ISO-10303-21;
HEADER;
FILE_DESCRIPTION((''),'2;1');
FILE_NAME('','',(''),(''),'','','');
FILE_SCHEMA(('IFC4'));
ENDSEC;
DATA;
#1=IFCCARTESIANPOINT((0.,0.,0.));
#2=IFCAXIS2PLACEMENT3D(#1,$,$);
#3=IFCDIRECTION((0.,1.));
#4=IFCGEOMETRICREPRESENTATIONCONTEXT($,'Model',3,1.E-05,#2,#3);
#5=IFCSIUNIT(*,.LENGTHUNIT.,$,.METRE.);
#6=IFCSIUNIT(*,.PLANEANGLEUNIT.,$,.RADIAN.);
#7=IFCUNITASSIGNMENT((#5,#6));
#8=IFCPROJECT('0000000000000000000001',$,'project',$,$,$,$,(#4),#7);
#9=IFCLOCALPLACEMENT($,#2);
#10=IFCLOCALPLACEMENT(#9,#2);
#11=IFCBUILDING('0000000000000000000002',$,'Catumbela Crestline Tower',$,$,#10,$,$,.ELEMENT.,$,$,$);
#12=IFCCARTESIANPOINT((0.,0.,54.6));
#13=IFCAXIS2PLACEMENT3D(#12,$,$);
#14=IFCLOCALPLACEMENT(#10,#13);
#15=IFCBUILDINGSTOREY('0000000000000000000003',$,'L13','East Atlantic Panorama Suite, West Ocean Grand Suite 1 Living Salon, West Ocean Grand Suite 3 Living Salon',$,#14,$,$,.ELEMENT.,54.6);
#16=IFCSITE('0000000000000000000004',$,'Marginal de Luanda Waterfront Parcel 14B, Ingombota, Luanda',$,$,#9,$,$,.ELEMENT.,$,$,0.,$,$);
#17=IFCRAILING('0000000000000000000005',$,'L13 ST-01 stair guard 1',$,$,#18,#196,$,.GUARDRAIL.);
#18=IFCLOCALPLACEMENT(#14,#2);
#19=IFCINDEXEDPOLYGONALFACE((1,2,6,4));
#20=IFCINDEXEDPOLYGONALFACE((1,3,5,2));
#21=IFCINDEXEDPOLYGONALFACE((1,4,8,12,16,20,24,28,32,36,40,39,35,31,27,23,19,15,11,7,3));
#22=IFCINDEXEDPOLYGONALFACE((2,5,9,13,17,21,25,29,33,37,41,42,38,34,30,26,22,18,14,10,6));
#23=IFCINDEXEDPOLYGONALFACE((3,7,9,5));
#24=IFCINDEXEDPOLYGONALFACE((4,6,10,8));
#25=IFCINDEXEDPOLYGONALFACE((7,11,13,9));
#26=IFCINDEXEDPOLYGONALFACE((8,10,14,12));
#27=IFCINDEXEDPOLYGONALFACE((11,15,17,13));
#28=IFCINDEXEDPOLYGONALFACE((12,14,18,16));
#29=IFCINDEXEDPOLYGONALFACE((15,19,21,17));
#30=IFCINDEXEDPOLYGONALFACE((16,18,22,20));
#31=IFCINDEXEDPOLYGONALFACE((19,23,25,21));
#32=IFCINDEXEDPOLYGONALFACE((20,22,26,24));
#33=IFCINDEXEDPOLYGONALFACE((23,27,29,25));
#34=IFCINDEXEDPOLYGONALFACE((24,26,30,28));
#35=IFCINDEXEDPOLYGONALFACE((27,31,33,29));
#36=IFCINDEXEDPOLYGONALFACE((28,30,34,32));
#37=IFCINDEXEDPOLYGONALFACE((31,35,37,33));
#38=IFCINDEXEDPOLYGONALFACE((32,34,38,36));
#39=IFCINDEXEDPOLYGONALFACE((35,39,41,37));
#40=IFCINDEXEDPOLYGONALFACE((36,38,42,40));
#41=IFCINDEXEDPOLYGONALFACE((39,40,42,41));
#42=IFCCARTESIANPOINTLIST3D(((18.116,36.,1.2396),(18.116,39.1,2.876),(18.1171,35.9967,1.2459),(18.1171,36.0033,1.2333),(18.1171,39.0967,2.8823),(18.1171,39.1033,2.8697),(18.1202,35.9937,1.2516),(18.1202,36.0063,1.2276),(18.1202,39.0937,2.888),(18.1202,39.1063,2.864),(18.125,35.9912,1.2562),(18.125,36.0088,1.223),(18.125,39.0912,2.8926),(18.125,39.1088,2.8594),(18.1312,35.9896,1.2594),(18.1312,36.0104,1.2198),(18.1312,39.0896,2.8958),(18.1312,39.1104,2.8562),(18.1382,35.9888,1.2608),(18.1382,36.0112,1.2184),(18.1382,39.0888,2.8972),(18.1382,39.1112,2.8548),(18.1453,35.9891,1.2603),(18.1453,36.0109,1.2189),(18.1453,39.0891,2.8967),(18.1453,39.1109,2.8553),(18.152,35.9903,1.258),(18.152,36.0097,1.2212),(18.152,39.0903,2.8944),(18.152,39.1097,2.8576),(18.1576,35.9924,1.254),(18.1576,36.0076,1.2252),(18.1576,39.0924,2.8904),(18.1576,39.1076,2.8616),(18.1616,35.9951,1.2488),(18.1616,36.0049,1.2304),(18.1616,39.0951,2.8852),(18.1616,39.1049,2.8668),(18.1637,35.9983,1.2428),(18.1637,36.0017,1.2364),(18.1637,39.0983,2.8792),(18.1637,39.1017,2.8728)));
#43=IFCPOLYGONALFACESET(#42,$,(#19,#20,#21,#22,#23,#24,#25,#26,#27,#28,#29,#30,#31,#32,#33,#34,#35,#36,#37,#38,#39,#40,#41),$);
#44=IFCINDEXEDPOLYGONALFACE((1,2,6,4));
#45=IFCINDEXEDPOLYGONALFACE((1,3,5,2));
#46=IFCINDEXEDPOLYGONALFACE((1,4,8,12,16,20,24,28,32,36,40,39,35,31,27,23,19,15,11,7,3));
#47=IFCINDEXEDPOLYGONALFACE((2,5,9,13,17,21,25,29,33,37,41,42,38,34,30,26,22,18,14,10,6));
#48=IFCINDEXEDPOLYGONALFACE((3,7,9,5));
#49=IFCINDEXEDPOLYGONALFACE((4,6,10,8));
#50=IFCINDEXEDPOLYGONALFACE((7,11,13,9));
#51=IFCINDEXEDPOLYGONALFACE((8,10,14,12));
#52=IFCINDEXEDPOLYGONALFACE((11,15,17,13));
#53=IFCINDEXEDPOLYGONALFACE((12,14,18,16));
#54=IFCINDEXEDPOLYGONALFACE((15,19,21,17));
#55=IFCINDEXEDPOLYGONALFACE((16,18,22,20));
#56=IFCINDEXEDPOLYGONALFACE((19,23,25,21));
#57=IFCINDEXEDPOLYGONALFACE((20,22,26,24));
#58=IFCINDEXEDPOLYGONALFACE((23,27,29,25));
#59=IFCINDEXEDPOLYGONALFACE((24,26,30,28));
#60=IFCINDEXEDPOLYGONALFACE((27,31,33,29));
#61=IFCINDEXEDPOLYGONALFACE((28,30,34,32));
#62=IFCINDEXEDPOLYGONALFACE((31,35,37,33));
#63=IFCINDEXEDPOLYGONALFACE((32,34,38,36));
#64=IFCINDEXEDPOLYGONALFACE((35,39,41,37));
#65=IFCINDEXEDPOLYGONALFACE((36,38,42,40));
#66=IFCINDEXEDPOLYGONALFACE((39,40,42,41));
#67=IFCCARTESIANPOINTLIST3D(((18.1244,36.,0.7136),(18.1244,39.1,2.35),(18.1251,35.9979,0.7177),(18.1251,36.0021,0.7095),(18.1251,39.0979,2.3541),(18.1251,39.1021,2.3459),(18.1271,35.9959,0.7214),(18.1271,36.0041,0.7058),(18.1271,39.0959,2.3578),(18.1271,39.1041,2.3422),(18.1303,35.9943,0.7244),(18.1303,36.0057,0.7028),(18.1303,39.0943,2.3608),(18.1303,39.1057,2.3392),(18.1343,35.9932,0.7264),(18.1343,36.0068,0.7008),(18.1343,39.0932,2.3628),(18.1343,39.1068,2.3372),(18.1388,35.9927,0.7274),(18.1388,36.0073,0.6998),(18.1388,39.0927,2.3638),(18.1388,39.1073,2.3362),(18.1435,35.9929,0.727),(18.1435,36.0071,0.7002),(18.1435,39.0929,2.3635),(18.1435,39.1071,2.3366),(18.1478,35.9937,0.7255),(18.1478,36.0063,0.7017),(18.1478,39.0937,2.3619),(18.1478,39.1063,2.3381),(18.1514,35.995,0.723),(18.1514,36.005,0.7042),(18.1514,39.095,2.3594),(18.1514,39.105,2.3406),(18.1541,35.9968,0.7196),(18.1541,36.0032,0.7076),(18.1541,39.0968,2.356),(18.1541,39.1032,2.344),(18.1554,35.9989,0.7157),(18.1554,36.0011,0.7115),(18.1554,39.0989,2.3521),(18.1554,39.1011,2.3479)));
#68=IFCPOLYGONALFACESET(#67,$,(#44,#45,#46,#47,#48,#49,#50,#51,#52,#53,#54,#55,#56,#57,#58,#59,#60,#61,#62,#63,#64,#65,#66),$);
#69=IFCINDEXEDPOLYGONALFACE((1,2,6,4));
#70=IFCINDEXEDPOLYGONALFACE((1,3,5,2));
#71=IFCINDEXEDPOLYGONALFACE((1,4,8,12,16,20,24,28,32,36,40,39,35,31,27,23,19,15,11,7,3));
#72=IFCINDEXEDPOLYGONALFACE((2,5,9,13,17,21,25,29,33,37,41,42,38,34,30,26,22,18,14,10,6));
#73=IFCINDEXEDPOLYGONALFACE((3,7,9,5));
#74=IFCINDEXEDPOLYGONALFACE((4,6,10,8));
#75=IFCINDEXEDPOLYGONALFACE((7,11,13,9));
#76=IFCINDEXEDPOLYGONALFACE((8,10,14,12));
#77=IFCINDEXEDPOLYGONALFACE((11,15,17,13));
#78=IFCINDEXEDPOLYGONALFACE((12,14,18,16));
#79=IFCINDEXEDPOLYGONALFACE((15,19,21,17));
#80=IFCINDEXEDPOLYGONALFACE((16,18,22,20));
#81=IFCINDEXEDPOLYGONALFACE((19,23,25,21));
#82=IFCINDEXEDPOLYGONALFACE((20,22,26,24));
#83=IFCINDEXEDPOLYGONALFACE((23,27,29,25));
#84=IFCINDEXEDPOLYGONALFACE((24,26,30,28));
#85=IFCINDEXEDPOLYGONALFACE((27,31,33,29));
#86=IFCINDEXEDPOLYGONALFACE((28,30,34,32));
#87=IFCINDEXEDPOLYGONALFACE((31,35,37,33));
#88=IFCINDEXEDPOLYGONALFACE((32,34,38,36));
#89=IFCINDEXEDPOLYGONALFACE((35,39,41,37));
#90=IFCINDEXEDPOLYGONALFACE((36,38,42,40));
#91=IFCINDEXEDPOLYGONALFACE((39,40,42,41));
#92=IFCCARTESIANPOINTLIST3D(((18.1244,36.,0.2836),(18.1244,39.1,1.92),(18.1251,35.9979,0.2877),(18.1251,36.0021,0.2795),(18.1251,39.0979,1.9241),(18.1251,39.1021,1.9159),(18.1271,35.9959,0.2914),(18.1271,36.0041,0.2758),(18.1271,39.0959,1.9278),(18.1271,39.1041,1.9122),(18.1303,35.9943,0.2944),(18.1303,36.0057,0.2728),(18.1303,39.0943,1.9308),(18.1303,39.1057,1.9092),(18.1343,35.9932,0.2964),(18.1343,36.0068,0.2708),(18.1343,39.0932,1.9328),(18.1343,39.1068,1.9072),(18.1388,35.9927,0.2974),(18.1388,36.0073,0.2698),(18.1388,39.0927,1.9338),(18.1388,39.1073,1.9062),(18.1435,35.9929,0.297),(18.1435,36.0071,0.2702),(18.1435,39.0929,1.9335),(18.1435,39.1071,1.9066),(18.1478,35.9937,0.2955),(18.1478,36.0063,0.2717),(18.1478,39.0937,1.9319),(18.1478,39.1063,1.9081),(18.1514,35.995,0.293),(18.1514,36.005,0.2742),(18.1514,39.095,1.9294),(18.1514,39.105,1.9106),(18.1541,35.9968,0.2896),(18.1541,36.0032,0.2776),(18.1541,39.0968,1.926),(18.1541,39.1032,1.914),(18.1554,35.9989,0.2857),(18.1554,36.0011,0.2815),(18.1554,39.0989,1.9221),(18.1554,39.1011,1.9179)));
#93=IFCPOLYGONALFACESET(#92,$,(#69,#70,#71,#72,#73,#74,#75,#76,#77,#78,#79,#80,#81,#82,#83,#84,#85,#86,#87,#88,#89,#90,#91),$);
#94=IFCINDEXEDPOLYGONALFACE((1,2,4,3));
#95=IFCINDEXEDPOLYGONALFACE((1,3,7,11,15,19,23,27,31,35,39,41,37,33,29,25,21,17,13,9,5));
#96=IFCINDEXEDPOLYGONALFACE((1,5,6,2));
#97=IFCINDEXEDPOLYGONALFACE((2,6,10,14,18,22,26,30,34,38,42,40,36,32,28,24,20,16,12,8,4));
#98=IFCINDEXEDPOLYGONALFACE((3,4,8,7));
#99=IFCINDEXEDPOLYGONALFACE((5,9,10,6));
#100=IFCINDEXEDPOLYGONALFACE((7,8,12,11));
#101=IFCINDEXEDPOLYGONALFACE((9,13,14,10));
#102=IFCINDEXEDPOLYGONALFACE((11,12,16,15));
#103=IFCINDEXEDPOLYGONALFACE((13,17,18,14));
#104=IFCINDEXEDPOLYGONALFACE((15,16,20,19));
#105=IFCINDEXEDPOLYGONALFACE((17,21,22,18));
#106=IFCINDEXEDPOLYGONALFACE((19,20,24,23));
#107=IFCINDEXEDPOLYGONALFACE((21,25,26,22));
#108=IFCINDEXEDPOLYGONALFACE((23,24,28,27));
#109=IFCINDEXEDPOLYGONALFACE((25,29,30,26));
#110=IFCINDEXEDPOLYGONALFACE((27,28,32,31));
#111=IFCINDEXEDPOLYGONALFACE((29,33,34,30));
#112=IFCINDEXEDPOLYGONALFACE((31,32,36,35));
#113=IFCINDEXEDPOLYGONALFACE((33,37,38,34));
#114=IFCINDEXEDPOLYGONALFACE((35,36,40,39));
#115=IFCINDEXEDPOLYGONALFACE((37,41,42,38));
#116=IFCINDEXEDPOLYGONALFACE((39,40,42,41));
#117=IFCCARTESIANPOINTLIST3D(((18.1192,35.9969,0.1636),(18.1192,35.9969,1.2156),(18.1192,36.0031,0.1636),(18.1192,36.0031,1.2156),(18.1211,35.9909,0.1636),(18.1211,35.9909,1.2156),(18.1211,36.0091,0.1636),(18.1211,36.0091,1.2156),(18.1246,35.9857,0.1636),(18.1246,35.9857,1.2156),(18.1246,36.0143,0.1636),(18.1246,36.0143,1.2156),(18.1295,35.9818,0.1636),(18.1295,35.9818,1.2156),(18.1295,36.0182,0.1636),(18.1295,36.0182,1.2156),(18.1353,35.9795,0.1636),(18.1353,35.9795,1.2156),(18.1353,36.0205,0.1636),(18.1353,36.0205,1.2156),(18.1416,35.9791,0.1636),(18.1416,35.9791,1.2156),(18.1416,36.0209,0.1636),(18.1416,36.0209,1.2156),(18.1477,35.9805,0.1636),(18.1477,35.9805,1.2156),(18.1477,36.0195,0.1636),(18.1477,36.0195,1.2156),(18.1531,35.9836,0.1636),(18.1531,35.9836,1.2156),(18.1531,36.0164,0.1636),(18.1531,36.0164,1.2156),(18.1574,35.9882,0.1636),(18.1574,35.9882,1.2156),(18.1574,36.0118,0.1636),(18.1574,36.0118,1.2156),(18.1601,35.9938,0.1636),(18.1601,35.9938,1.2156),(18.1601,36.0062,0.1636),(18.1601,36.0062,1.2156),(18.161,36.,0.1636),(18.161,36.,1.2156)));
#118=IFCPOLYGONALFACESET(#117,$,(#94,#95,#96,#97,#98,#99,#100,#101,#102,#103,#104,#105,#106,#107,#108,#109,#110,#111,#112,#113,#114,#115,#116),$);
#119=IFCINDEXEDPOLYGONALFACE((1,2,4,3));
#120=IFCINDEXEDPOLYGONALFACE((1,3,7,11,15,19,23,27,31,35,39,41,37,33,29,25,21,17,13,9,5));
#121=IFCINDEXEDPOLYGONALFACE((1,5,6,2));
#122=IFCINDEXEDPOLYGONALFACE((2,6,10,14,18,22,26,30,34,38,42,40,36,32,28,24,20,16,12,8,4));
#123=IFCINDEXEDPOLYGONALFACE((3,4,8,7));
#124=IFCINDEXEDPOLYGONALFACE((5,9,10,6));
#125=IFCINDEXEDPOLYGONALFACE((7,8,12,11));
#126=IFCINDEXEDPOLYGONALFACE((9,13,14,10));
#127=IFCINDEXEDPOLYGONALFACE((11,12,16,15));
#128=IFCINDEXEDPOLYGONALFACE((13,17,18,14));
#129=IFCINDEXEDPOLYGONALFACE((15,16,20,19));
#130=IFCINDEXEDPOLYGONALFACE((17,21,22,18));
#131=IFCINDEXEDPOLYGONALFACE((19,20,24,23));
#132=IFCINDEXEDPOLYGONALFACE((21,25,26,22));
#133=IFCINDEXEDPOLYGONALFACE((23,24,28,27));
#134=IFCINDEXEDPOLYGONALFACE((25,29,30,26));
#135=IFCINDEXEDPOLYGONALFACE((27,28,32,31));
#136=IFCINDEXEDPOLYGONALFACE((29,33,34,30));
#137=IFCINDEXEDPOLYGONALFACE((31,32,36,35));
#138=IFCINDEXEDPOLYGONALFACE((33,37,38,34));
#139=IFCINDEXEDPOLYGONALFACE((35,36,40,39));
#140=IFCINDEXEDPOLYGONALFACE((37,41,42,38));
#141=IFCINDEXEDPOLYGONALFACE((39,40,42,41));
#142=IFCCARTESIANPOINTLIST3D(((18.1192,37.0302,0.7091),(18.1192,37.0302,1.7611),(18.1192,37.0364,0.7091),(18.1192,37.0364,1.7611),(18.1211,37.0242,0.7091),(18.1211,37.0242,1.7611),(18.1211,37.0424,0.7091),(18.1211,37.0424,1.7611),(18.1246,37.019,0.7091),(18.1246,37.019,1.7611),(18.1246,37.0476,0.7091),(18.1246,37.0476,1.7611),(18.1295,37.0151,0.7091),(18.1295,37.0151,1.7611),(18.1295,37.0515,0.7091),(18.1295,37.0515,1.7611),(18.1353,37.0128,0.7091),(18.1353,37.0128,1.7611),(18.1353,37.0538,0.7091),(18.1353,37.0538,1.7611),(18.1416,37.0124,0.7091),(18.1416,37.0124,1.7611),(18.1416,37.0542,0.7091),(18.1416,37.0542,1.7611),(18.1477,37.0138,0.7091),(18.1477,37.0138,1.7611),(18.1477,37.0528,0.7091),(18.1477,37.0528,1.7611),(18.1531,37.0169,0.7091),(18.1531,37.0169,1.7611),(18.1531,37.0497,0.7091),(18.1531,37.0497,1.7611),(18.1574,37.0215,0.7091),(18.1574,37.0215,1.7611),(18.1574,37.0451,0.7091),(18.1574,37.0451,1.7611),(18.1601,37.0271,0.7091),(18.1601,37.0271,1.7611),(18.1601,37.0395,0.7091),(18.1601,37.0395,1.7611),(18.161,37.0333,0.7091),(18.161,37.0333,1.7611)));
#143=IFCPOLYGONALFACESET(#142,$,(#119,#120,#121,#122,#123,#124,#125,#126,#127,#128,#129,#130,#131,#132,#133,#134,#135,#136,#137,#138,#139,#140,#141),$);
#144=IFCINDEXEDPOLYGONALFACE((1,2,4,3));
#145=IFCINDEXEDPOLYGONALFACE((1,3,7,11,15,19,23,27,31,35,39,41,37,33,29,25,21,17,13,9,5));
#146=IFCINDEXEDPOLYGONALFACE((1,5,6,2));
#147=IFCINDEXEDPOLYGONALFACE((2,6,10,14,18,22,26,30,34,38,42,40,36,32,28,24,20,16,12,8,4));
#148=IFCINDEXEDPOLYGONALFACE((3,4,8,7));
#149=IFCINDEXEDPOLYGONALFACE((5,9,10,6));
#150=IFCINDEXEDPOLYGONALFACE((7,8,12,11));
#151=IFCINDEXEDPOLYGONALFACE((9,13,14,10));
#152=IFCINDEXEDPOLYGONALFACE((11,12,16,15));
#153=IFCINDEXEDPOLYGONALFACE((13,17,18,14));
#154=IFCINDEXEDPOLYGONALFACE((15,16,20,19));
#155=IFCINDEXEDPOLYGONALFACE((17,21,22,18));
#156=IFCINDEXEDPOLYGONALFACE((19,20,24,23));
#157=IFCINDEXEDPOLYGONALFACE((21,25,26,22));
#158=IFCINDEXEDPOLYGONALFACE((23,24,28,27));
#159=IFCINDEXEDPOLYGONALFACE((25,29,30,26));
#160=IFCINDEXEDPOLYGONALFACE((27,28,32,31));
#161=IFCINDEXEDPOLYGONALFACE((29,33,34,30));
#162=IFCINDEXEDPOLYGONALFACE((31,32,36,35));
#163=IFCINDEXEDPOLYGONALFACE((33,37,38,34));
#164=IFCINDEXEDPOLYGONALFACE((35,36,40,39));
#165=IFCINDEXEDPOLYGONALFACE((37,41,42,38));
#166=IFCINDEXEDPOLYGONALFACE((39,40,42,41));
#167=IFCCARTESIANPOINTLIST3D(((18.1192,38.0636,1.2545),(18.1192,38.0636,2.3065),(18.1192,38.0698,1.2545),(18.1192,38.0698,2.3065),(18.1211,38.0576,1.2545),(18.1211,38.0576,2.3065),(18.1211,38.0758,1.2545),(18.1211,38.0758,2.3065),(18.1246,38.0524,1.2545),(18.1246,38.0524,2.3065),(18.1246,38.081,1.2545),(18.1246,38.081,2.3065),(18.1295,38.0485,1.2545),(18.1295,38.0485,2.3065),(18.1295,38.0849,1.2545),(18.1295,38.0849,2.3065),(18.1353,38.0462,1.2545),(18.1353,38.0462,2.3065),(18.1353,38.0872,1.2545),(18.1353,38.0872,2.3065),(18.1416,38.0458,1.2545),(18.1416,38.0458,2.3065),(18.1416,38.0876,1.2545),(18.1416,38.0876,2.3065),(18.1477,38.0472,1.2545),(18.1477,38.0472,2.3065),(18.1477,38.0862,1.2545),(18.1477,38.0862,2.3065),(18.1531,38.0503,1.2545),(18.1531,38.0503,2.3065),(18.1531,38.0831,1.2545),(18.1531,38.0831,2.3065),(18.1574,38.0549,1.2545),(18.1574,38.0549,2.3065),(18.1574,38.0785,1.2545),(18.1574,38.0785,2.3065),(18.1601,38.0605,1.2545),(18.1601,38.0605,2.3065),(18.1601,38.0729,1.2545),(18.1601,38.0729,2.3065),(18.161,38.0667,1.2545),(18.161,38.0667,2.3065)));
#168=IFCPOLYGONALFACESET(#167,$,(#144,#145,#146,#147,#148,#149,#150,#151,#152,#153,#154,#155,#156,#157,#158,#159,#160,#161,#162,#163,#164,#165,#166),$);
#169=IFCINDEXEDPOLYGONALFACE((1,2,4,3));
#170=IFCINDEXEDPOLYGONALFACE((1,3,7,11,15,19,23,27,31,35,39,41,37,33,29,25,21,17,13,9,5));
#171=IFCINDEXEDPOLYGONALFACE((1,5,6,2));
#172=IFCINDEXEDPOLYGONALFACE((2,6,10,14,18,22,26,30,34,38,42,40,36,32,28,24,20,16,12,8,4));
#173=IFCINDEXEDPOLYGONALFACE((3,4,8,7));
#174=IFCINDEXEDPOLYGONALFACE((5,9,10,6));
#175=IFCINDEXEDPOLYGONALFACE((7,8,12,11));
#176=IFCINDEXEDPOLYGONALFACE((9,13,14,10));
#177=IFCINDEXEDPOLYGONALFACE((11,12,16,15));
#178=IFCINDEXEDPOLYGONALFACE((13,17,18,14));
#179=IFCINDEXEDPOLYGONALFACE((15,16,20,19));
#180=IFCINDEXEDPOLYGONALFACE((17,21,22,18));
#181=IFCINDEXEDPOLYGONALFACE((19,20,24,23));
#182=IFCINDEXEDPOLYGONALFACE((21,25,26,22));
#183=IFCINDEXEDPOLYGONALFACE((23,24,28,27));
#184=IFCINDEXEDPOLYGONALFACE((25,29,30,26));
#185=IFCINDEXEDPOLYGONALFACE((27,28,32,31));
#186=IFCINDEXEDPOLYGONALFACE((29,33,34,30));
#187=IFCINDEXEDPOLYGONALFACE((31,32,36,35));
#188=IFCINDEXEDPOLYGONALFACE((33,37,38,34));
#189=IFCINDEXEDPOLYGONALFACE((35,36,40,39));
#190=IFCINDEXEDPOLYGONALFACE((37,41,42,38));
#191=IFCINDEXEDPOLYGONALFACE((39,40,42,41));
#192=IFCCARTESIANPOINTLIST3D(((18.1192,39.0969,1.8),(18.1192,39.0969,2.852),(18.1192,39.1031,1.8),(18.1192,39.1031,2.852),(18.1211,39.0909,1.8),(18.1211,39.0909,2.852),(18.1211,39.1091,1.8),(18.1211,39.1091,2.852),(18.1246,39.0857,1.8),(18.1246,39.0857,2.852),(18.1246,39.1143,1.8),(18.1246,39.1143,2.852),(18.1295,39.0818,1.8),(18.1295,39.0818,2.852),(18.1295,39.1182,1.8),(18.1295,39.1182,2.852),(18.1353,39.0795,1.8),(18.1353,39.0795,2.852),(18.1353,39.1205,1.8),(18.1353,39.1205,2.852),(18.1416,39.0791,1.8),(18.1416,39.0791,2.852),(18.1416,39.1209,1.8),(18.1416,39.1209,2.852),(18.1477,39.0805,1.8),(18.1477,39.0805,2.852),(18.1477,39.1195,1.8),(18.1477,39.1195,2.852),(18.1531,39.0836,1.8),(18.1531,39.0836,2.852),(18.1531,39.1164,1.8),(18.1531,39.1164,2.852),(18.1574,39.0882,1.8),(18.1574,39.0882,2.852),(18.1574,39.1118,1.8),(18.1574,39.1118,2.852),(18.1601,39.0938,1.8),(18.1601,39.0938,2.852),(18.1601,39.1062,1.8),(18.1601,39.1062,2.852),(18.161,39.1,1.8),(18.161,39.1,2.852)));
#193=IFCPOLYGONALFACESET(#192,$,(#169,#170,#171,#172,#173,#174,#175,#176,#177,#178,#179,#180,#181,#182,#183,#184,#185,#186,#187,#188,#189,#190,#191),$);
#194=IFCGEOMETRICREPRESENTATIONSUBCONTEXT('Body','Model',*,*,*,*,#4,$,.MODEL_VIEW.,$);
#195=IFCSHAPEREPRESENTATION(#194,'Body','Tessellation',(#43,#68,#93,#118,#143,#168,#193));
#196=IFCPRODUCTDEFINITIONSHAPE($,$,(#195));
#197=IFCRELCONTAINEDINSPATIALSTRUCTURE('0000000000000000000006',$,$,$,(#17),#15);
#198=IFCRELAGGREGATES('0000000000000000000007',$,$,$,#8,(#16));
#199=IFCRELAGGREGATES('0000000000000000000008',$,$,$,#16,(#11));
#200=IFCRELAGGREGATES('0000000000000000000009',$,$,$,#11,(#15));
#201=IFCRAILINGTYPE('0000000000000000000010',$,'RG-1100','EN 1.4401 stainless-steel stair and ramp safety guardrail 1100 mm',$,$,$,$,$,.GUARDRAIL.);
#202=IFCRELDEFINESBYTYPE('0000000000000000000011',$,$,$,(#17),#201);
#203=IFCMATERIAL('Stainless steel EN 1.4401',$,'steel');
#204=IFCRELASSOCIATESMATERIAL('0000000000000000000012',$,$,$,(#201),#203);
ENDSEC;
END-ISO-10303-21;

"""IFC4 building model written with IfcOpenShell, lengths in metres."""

from ifc_helpers import new_model, si_unit, direction, frame, origin, origin_2d, place, context, subcontext, project, spatial, circle, extrude, material, type_object, element, save


model = new_model("IFC4")

# Units and contexts
model_context = context("Model", 3, precision=1e-05, world=origin(), true_north=direction((0.0, 1.0)))
body_context = subcontext(model_context, "Body", "Model", "MODEL_VIEW")
ifc_project = project(units=[si_unit("LENGTHUNIT", "METRE"), si_unit("PLANEANGLEUNIT", "RADIAN")], contexts=[model_context])

# Site, building, storey
site_placement = place(None, origin())
site = spatial("IfcSite", under=ifc_project, at=site_placement, Name="Marginal de Luanda Waterfront Parcel 14B, Ingombota, Luanda", CompositionType="ELEMENT", RefElevation=0.0)
building_placement = place(site_placement, origin())
building = spatial("IfcBuilding", under=site, at=building_placement, Name="Catumbela Crestline Tower", CompositionType="ELEMENT")
storey_placement = place(building_placement, frame((0.0, 0.0, 54.6)))
storey = spatial("IfcBuildingStorey", under=building, at=storey_placement, Name="L13", Description="East Atlantic Panorama Suite, West Ocean Grand Suite 1 Living Salon, West Ocean Grand Suite 3 Living Salon", CompositionType="ELEMENT", Elevation=54.6)

# Railing
ifc_material_1 = material(Name="Stainless steel EN 1.4401", Category="steel")
railing_type_1 = type_object("IfcRailingType", Name="RG-1100", Description="EN 1.4401 stainless-steel stair and ramp safety guardrail 1100 mm", PredefinedType="GUARDRAIL", material=ifc_material_1)
railing_1_placement = place(storey_placement, frame((18.14, 36.0, 0.1636)))
element("IfcRailing", 1, at=railing_1_placement, inside=storey, type_object=railing_type_1, Name="L13 ST-01 stair guard 1", PredefinedType="GUARDRAIL", context=body_context, shape_type="SweptSolid", body=[
    extrude(circle(Radius=0.024, at=origin_2d()), frame((0.0, 0.0, 1.076), z_axis=(0.0, 0.884351, 0.466823), x_axis=(-1.0, 0.0, 0.0)), (0.0, 0.0, 1.0), 3.5054),
    extrude(circle(Radius=0.0156, at=origin_2d()), frame((0.0, 0.0, 0.55), z_axis=(0.0, 0.884351, 0.466823), x_axis=(-1.0, 0.0, 0.0)), (0.0, 0.0, 1.0), 3.5054),
    extrude(circle(Radius=0.0156, at=origin_2d()), frame((0.0, 0.0, 0.12), z_axis=(0.0, 0.884351, 0.466823), x_axis=(-1.0, 0.0, 0.0)), (0.0, 0.0, 1.0), 3.5054),
    extrude(circle(Radius=0.021, at=origin_2d()), origin(), (0.0, 0.0, 1.0), 1.052),
    extrude(circle(Radius=0.021, at=origin_2d()), frame((0.0, 1.0333, 0.5455)), (0.0, 0.0, 1.0), 1.052),
    extrude(circle(Radius=0.021, at=origin_2d()), frame((0.0, 2.0667, 1.0909)), (0.0, 0.0, 1.0), 1.052),
    extrude(circle(Radius=0.021, at=origin_2d()), frame((0.0, 3.1, 1.6364)), (0.0, 0.0, 1.0), 1.052),
])

save(model, "model.ifc")
